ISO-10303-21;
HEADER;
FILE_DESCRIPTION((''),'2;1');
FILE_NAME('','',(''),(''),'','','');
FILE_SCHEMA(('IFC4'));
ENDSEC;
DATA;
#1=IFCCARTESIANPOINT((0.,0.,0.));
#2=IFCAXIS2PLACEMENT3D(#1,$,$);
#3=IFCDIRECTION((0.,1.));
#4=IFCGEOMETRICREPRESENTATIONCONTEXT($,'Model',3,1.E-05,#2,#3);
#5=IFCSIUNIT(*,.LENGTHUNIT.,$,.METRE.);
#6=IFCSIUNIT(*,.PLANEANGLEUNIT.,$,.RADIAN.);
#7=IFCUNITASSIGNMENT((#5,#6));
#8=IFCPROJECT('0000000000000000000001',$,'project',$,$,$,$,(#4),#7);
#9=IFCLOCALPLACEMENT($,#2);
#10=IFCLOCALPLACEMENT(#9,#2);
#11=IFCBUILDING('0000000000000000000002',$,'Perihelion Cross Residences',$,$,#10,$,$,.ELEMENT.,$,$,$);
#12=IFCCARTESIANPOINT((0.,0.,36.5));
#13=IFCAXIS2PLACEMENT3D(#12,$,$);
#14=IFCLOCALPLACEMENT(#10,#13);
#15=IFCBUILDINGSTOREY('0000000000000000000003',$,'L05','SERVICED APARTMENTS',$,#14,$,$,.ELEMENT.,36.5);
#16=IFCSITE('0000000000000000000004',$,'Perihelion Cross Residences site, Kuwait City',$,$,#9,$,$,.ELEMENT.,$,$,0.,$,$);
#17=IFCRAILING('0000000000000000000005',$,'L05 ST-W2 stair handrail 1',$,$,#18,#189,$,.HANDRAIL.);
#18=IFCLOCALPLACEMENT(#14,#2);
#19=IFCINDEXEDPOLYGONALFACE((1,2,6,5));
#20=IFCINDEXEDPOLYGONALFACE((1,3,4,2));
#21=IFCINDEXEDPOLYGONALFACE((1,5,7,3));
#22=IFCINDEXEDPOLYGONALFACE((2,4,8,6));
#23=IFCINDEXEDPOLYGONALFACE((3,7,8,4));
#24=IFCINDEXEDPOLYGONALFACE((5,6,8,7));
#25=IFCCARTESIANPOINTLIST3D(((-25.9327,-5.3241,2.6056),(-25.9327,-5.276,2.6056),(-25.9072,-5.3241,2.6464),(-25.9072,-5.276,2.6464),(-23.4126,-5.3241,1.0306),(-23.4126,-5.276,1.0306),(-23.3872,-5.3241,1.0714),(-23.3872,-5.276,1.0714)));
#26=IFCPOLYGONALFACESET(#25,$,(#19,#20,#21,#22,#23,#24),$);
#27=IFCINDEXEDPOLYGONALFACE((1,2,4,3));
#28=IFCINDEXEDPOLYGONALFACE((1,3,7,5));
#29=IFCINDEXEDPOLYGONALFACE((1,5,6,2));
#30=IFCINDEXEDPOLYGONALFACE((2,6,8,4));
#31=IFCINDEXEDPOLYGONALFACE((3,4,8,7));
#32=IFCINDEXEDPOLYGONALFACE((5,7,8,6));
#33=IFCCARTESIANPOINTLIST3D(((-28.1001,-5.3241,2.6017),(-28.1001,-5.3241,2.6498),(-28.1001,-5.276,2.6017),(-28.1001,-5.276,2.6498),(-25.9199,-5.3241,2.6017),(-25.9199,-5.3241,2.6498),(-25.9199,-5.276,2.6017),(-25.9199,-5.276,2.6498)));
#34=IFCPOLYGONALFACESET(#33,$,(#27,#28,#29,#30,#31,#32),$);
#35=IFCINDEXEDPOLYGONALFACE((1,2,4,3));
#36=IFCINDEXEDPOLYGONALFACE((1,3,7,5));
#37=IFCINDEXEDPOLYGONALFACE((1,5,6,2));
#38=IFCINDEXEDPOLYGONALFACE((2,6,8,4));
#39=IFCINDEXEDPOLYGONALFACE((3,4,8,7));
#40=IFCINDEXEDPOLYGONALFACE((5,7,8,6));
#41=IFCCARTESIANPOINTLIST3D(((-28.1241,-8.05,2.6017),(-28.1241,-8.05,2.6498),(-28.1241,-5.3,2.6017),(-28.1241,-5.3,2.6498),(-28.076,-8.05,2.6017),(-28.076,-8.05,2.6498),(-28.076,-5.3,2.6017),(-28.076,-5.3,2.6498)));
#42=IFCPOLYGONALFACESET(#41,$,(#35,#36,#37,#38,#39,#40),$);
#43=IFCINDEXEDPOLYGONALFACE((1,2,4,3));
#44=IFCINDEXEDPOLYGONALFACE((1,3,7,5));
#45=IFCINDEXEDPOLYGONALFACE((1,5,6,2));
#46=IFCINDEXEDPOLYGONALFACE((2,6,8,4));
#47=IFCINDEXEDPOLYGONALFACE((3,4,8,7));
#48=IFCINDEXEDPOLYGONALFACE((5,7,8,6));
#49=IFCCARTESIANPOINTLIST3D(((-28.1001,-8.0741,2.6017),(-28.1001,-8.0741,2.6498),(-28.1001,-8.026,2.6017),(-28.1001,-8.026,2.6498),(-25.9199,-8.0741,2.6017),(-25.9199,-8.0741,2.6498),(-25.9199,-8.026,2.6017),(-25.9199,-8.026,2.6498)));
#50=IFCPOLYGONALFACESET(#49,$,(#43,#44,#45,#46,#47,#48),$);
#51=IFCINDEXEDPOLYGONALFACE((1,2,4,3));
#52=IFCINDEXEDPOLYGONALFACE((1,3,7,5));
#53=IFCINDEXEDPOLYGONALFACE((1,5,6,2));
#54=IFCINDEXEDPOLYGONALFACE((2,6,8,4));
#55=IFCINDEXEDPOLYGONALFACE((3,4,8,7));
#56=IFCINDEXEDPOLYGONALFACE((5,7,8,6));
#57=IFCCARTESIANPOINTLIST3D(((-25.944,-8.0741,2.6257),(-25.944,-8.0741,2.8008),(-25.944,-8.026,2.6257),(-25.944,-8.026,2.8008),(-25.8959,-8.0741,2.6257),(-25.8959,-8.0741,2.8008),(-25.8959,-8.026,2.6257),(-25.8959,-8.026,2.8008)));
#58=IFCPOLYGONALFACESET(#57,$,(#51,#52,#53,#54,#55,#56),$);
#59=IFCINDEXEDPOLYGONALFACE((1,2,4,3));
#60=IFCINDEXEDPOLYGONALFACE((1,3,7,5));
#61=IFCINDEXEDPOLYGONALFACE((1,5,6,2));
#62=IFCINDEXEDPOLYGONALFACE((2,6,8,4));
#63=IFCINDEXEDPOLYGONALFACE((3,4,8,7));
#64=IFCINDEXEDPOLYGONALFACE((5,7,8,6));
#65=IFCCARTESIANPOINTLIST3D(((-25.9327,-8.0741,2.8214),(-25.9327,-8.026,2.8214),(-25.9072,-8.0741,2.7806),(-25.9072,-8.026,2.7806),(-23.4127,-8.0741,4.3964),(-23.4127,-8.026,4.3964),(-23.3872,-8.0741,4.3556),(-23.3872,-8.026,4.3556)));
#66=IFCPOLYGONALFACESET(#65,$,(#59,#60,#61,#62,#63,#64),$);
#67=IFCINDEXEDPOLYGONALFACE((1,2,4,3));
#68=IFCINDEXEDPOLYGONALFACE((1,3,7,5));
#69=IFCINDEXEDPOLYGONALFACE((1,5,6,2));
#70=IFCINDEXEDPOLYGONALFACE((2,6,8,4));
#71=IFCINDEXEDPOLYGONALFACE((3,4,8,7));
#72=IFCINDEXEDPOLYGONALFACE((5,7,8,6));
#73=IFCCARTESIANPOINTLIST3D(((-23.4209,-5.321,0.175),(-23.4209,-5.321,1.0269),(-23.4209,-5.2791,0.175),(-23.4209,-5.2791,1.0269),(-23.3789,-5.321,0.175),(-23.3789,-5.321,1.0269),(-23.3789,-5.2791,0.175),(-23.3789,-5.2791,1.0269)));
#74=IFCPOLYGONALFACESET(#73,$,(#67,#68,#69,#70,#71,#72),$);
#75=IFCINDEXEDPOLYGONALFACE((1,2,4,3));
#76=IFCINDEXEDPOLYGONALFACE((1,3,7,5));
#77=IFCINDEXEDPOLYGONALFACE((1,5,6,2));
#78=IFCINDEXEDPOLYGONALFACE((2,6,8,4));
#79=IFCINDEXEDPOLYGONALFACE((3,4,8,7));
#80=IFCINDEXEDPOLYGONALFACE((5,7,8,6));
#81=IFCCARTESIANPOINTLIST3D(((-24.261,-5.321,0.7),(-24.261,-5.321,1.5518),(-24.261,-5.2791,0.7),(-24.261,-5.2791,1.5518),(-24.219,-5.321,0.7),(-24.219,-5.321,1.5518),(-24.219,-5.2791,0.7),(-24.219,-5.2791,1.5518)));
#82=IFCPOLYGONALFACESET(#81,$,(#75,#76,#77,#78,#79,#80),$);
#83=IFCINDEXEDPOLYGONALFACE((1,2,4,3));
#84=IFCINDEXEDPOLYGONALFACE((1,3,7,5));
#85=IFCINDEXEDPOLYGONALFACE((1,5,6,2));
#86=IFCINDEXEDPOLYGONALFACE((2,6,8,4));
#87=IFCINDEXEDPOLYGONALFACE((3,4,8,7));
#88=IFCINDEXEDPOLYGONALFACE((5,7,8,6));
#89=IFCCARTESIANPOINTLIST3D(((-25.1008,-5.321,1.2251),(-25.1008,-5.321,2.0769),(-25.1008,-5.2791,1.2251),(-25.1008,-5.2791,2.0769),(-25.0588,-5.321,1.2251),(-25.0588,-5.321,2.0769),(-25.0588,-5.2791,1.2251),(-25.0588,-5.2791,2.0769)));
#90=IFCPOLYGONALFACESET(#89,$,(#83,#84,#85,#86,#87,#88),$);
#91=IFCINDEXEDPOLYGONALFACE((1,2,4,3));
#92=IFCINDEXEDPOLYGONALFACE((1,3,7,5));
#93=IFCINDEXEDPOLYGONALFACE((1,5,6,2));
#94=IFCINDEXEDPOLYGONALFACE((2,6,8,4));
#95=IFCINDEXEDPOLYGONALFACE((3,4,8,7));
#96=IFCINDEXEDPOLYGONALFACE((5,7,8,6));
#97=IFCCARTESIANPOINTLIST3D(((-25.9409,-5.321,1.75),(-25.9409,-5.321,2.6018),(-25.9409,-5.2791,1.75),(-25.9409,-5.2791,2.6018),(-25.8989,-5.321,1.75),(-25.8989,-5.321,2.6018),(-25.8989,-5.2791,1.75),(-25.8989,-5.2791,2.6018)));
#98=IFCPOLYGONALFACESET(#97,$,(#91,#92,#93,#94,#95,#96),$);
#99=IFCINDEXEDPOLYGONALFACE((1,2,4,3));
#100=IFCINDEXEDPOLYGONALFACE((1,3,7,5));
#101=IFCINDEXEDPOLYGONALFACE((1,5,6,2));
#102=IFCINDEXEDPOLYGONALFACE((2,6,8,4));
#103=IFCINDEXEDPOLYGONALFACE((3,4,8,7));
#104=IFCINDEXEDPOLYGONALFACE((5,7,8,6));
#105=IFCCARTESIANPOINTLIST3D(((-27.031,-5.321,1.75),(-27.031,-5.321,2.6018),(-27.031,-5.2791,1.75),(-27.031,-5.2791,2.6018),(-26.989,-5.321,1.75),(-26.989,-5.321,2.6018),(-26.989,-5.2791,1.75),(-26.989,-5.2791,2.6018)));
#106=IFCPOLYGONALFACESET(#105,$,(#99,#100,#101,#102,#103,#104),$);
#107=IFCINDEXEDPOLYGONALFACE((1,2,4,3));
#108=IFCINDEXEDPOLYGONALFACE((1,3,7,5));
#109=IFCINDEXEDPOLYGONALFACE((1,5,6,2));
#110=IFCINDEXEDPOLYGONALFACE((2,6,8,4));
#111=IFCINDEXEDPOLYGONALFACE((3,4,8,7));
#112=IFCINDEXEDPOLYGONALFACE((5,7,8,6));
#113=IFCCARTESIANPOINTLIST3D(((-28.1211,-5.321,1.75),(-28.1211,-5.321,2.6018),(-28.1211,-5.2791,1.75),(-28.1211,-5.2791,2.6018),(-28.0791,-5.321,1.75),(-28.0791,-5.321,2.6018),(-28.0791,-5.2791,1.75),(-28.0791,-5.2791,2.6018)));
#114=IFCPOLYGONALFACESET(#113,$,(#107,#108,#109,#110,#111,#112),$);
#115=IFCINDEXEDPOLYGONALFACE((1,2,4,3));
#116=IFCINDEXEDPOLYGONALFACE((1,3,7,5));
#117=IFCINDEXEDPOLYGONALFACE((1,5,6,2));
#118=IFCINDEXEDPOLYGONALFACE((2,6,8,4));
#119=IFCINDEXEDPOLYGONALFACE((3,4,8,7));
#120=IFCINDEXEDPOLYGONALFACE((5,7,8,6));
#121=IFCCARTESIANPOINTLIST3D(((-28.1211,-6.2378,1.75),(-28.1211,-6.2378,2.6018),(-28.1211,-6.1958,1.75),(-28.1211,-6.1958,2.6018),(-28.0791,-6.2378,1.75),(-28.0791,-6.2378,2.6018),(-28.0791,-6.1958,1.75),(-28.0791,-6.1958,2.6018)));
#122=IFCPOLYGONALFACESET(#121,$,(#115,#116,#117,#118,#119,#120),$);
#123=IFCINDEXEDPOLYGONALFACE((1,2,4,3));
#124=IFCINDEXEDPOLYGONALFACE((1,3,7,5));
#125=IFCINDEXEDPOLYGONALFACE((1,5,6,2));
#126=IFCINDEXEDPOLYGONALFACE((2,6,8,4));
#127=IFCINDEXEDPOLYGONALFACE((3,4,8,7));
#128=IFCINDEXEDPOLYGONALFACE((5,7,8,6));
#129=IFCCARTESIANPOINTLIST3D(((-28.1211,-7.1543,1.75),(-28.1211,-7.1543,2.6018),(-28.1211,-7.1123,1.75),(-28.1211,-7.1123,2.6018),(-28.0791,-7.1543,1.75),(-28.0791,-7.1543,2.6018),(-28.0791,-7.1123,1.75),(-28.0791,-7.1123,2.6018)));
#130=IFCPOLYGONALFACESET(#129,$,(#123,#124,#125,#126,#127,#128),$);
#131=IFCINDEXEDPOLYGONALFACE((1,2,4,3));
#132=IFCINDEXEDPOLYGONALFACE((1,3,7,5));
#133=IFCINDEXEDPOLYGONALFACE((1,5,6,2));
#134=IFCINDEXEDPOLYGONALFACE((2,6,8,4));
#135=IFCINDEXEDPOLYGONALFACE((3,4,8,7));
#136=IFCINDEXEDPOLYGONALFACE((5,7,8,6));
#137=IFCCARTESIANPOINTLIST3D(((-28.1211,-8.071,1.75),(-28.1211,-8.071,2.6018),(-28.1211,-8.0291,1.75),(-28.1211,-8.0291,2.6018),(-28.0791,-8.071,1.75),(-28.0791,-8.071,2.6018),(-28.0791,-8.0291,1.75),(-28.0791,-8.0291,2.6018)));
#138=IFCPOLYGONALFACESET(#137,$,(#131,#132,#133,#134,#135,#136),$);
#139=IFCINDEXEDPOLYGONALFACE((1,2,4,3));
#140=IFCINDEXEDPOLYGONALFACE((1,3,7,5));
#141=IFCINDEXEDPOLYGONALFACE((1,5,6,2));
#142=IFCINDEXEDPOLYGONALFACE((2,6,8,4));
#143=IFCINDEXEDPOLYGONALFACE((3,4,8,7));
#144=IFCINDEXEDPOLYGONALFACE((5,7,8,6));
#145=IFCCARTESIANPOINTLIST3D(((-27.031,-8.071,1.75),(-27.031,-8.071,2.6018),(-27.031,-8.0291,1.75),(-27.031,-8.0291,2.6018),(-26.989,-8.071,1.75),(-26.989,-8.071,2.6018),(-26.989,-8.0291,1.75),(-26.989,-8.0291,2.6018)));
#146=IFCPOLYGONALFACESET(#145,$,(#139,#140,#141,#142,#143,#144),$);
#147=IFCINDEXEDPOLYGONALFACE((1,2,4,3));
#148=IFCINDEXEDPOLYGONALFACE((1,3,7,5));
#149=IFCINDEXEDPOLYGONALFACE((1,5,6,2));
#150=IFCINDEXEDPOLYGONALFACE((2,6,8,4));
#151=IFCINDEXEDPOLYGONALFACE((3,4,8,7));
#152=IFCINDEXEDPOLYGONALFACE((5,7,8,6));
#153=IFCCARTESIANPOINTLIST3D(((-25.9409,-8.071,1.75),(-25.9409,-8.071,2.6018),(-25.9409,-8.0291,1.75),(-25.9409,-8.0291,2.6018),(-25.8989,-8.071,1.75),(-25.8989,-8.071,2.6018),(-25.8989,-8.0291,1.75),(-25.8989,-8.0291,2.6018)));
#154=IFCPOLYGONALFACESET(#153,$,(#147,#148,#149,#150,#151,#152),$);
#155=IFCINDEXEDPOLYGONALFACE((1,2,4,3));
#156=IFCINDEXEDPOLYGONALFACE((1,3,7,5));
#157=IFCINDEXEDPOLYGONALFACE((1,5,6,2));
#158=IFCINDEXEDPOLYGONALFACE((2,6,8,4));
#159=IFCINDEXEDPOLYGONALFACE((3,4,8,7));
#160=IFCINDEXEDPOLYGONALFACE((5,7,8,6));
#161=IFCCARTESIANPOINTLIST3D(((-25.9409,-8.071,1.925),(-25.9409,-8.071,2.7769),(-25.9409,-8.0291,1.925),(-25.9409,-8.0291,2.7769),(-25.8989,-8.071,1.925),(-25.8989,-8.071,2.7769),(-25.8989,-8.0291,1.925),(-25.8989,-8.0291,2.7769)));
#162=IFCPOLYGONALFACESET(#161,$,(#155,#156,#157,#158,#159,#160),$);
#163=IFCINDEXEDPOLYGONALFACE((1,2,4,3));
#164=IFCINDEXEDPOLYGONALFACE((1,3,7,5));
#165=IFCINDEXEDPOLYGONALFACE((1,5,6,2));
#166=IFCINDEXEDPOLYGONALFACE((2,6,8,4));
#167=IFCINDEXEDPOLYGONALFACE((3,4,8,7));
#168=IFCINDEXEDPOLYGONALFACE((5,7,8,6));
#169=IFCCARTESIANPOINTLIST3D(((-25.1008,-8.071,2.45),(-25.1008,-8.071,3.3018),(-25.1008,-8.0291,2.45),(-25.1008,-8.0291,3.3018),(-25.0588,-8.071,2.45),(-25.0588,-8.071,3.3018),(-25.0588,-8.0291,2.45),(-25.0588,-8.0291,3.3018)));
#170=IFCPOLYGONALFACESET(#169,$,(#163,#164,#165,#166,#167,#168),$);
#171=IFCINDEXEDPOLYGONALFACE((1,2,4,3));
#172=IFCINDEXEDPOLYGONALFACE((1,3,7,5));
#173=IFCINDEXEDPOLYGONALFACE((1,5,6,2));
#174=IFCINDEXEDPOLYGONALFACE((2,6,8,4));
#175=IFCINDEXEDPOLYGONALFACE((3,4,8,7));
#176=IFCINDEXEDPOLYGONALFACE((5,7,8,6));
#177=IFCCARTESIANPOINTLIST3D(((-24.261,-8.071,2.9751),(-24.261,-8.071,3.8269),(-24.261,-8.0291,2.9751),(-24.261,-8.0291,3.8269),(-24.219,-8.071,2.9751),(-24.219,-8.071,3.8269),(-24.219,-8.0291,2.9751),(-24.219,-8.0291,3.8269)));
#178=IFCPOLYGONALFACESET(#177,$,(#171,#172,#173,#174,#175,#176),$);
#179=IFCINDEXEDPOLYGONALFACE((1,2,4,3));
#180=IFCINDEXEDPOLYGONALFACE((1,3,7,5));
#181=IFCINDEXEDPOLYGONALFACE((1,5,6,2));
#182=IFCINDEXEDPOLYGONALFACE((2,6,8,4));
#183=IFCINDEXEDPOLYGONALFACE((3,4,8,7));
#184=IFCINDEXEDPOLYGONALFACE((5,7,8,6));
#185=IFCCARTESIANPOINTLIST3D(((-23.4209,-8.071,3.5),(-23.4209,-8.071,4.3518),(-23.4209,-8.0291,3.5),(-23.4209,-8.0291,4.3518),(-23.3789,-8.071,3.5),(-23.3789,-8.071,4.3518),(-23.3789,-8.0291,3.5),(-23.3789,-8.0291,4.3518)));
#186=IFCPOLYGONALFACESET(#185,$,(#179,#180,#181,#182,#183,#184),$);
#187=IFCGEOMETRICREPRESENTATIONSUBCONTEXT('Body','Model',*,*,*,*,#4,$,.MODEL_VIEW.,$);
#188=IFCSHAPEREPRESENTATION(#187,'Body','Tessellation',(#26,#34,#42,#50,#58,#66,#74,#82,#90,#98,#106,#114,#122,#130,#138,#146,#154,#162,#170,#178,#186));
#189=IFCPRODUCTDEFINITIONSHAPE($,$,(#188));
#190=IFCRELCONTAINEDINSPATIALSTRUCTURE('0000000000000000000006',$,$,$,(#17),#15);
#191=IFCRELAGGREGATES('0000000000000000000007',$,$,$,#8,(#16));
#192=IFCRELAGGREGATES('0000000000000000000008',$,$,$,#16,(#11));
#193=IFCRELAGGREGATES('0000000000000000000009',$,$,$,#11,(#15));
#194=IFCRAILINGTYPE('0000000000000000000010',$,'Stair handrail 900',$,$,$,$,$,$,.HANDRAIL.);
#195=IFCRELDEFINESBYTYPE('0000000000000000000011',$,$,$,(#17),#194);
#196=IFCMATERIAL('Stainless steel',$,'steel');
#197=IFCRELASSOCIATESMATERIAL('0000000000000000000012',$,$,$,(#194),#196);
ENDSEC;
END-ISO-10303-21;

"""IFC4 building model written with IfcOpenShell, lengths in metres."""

from ifc_helpers import new_model, si_unit, direction, frame, origin, origin_2d, place, context, subcontext, project, spatial, rectangle, extrude, material, type_object, element, save


model = new_model("IFC4")

# Units and contexts
model_context = context("Model", 3, precision=1e-05, world=origin(), true_north=direction((0.0, 1.0)))
body_context = subcontext(model_context, "Body", "Model", "MODEL_VIEW")
ifc_project = project(units=[si_unit("LENGTHUNIT", "METRE"), si_unit("PLANEANGLEUNIT", "RADIAN")], contexts=[model_context])

# Site, building, storey
site_placement = place(None, origin())
site = spatial("IfcSite", under=ifc_project, at=site_placement, Name="Perihelion Cross Residences site, Kuwait City", CompositionType="ELEMENT", RefElevation=0.0)
building_placement = place(site_placement, origin())
building = spatial("IfcBuilding", under=site, at=building_placement, Name="Perihelion Cross Residences", CompositionType="ELEMENT")
storey_placement = place(building_placement, frame((0.0, 0.0, 36.5)))
storey = spatial("IfcBuildingStorey", under=building, at=storey_placement, Name="L05", Description="SERVICED APARTMENTS", CompositionType="ELEMENT", Elevation=36.5)

# Railing
ifc_material_1 = material(Name="Stainless steel", Category="steel")
railing_type_1 = type_object("IfcRailingType", Name="Stair handrail 900", PredefinedType="HANDRAIL", material=ifc_material_1)
railing_1_placement = place(storey_placement, frame((-23.3999, -5.3, 0.175)))
element("IfcRailing", 1, at=railing_1_placement, inside=storey, type_object=railing_type_1, Name="L05 ST-W2 stair handrail 1", PredefinedType="HANDRAIL", context=body_context, shape_type="SweptSolid", body=[
    extrude(rectangle(XDim=0.0481, YDim=0.0481, at=origin_2d()), frame((0.0, 0.0, 0.876), z_axis=(-0.848008, 0.0, 0.529984), x_axis=(0.0, -1.0, 0.0)), (0.0, 0.0, 1.0), 2.9717),
    extrude(rectangle(XDim=0.0481, YDim=0.0481, at=origin_2d()), frame((-2.52, 0.0, 2.4507), z_axis=(-1.0, 0.0, 0.0), x_axis=(0.0, -1.0, 0.0)), (0.0, 0.0, 1.0), 2.1802),
    extrude(rectangle(XDim=0.0481, YDim=0.0481, at=origin_2d()), frame((-4.7002, 0.0, 2.4507), z_axis=(0.0, -1.0, 0.0), x_axis=(1.0, 0.0, 0.0)), (0.0, 0.0, 1.0), 2.75),
    extrude(rectangle(XDim=0.0481, YDim=0.0481, at=origin_2d()), frame((-4.7002, -2.75, 2.4507), z_axis=(1.0, 0.0, 0.0), x_axis=(0.0, 1.0, 0.0)), (0.0, 0.0, 1.0), 2.1802),
    extrude(rectangle(XDim=0.0481, YDim=0.0481, at=origin_2d()), frame((-2.52, -2.75, 2.4507), z_axis=(0.0, 0.0, 1.0), x_axis=(1.0, 0.0, 0.0)), (0.0, 0.0, 1.0), 0.175),
    extrude(rectangle(XDim=0.0481, YDim=0.0481, at=origin_2d()), frame((-2.52, -2.75, 2.626), z_axis=(0.848008, 0.0, 0.529984), x_axis=(0.0, 1.0, 0.0)), (0.0, 0.0, 1.0), 2.9717),
    extrude(rectangle(XDim=0.042, YDim=0.042, at=origin_2d()), origin(), (0.0, 0.0, 1.0), 0.8518),
    extrude(rectangle(XDim=0.042, YDim=0.042, at=origin_2d()), frame((-0.8401, 0.0, 0.5249)), (0.0, 0.0, 1.0), 0.8518),
    extrude(rectangle(XDim=0.042, YDim=0.042, at=origin_2d()), frame((-1.6799, 0.0, 1.05)), (0.0, 0.0, 1.0), 0.8518),
    extrude(rectangle(XDim=0.042, YDim=0.042, at=origin_2d()), frame((-2.52, 0.0, 1.575)), (0.0, 0.0, 1.0), 0.8518),
    extrude(rectangle(XDim=0.042, YDim=0.042, at=origin_2d()), frame((-3.6101, 0.0, 1.575)), (0.0, 0.0, 1.0), 0.8518),
    extrude(rectangle(XDim=0.042, YDim=0.042, at=origin_2d()), frame((-4.7002, 0.0, 1.575)), (0.0, 0.0, 1.0), 0.8518),
    extrude(rectangle(XDim=0.042, YDim=0.042, at=origin_2d()), frame((-4.7002, -0.9167, 1.575)), (0.0, 0.0, 1.0), 0.8518),
    extrude(rectangle(XDim=0.042, YDim=0.042, at=origin_2d()), frame((-4.7002, -1.8333, 1.575)), (0.0, 0.0, 1.0), 0.8518),
    extrude(rectangle(XDim=0.042, YDim=0.042, at=origin_2d()), frame((-4.7002, -2.75, 1.575)), (0.0, 0.0, 1.0), 0.8518),
    extrude(rectangle(XDim=0.042, YDim=0.042, at=origin_2d()), frame((-3.6101, -2.75, 1.575)), (0.0, 0.0, 1.0), 0.8518),
    extrude(rectangle(XDim=0.042, YDim=0.042, at=origin_2d()), frame((-2.52, -2.75, 1.575)), (0.0, 0.0, 1.0), 0.8518),
    extrude(rectangle(XDim=0.042, YDim=0.042, at=origin_2d()), frame((-2.52, -2.75, 1.75)), (0.0, 0.0, 1.0), 0.8518),
    extrude(rectangle(XDim=0.042, YDim=0.042, at=origin_2d()), frame((-1.6799, -2.75, 2.2749)), (0.0, 0.0, 1.0), 0.8518),
    extrude(rectangle(XDim=0.042, YDim=0.042, at=origin_2d()), frame((-0.8401, -2.75, 2.8)), (0.0, 0.0, 1.0), 0.8518),
    extrude(rectangle(XDim=0.042, YDim=0.042, at=origin_2d()), frame((0.0, -2.75, 3.325)), (0.0, 0.0, 1.0), 0.8518),
])

save(model, "model.ifc")
